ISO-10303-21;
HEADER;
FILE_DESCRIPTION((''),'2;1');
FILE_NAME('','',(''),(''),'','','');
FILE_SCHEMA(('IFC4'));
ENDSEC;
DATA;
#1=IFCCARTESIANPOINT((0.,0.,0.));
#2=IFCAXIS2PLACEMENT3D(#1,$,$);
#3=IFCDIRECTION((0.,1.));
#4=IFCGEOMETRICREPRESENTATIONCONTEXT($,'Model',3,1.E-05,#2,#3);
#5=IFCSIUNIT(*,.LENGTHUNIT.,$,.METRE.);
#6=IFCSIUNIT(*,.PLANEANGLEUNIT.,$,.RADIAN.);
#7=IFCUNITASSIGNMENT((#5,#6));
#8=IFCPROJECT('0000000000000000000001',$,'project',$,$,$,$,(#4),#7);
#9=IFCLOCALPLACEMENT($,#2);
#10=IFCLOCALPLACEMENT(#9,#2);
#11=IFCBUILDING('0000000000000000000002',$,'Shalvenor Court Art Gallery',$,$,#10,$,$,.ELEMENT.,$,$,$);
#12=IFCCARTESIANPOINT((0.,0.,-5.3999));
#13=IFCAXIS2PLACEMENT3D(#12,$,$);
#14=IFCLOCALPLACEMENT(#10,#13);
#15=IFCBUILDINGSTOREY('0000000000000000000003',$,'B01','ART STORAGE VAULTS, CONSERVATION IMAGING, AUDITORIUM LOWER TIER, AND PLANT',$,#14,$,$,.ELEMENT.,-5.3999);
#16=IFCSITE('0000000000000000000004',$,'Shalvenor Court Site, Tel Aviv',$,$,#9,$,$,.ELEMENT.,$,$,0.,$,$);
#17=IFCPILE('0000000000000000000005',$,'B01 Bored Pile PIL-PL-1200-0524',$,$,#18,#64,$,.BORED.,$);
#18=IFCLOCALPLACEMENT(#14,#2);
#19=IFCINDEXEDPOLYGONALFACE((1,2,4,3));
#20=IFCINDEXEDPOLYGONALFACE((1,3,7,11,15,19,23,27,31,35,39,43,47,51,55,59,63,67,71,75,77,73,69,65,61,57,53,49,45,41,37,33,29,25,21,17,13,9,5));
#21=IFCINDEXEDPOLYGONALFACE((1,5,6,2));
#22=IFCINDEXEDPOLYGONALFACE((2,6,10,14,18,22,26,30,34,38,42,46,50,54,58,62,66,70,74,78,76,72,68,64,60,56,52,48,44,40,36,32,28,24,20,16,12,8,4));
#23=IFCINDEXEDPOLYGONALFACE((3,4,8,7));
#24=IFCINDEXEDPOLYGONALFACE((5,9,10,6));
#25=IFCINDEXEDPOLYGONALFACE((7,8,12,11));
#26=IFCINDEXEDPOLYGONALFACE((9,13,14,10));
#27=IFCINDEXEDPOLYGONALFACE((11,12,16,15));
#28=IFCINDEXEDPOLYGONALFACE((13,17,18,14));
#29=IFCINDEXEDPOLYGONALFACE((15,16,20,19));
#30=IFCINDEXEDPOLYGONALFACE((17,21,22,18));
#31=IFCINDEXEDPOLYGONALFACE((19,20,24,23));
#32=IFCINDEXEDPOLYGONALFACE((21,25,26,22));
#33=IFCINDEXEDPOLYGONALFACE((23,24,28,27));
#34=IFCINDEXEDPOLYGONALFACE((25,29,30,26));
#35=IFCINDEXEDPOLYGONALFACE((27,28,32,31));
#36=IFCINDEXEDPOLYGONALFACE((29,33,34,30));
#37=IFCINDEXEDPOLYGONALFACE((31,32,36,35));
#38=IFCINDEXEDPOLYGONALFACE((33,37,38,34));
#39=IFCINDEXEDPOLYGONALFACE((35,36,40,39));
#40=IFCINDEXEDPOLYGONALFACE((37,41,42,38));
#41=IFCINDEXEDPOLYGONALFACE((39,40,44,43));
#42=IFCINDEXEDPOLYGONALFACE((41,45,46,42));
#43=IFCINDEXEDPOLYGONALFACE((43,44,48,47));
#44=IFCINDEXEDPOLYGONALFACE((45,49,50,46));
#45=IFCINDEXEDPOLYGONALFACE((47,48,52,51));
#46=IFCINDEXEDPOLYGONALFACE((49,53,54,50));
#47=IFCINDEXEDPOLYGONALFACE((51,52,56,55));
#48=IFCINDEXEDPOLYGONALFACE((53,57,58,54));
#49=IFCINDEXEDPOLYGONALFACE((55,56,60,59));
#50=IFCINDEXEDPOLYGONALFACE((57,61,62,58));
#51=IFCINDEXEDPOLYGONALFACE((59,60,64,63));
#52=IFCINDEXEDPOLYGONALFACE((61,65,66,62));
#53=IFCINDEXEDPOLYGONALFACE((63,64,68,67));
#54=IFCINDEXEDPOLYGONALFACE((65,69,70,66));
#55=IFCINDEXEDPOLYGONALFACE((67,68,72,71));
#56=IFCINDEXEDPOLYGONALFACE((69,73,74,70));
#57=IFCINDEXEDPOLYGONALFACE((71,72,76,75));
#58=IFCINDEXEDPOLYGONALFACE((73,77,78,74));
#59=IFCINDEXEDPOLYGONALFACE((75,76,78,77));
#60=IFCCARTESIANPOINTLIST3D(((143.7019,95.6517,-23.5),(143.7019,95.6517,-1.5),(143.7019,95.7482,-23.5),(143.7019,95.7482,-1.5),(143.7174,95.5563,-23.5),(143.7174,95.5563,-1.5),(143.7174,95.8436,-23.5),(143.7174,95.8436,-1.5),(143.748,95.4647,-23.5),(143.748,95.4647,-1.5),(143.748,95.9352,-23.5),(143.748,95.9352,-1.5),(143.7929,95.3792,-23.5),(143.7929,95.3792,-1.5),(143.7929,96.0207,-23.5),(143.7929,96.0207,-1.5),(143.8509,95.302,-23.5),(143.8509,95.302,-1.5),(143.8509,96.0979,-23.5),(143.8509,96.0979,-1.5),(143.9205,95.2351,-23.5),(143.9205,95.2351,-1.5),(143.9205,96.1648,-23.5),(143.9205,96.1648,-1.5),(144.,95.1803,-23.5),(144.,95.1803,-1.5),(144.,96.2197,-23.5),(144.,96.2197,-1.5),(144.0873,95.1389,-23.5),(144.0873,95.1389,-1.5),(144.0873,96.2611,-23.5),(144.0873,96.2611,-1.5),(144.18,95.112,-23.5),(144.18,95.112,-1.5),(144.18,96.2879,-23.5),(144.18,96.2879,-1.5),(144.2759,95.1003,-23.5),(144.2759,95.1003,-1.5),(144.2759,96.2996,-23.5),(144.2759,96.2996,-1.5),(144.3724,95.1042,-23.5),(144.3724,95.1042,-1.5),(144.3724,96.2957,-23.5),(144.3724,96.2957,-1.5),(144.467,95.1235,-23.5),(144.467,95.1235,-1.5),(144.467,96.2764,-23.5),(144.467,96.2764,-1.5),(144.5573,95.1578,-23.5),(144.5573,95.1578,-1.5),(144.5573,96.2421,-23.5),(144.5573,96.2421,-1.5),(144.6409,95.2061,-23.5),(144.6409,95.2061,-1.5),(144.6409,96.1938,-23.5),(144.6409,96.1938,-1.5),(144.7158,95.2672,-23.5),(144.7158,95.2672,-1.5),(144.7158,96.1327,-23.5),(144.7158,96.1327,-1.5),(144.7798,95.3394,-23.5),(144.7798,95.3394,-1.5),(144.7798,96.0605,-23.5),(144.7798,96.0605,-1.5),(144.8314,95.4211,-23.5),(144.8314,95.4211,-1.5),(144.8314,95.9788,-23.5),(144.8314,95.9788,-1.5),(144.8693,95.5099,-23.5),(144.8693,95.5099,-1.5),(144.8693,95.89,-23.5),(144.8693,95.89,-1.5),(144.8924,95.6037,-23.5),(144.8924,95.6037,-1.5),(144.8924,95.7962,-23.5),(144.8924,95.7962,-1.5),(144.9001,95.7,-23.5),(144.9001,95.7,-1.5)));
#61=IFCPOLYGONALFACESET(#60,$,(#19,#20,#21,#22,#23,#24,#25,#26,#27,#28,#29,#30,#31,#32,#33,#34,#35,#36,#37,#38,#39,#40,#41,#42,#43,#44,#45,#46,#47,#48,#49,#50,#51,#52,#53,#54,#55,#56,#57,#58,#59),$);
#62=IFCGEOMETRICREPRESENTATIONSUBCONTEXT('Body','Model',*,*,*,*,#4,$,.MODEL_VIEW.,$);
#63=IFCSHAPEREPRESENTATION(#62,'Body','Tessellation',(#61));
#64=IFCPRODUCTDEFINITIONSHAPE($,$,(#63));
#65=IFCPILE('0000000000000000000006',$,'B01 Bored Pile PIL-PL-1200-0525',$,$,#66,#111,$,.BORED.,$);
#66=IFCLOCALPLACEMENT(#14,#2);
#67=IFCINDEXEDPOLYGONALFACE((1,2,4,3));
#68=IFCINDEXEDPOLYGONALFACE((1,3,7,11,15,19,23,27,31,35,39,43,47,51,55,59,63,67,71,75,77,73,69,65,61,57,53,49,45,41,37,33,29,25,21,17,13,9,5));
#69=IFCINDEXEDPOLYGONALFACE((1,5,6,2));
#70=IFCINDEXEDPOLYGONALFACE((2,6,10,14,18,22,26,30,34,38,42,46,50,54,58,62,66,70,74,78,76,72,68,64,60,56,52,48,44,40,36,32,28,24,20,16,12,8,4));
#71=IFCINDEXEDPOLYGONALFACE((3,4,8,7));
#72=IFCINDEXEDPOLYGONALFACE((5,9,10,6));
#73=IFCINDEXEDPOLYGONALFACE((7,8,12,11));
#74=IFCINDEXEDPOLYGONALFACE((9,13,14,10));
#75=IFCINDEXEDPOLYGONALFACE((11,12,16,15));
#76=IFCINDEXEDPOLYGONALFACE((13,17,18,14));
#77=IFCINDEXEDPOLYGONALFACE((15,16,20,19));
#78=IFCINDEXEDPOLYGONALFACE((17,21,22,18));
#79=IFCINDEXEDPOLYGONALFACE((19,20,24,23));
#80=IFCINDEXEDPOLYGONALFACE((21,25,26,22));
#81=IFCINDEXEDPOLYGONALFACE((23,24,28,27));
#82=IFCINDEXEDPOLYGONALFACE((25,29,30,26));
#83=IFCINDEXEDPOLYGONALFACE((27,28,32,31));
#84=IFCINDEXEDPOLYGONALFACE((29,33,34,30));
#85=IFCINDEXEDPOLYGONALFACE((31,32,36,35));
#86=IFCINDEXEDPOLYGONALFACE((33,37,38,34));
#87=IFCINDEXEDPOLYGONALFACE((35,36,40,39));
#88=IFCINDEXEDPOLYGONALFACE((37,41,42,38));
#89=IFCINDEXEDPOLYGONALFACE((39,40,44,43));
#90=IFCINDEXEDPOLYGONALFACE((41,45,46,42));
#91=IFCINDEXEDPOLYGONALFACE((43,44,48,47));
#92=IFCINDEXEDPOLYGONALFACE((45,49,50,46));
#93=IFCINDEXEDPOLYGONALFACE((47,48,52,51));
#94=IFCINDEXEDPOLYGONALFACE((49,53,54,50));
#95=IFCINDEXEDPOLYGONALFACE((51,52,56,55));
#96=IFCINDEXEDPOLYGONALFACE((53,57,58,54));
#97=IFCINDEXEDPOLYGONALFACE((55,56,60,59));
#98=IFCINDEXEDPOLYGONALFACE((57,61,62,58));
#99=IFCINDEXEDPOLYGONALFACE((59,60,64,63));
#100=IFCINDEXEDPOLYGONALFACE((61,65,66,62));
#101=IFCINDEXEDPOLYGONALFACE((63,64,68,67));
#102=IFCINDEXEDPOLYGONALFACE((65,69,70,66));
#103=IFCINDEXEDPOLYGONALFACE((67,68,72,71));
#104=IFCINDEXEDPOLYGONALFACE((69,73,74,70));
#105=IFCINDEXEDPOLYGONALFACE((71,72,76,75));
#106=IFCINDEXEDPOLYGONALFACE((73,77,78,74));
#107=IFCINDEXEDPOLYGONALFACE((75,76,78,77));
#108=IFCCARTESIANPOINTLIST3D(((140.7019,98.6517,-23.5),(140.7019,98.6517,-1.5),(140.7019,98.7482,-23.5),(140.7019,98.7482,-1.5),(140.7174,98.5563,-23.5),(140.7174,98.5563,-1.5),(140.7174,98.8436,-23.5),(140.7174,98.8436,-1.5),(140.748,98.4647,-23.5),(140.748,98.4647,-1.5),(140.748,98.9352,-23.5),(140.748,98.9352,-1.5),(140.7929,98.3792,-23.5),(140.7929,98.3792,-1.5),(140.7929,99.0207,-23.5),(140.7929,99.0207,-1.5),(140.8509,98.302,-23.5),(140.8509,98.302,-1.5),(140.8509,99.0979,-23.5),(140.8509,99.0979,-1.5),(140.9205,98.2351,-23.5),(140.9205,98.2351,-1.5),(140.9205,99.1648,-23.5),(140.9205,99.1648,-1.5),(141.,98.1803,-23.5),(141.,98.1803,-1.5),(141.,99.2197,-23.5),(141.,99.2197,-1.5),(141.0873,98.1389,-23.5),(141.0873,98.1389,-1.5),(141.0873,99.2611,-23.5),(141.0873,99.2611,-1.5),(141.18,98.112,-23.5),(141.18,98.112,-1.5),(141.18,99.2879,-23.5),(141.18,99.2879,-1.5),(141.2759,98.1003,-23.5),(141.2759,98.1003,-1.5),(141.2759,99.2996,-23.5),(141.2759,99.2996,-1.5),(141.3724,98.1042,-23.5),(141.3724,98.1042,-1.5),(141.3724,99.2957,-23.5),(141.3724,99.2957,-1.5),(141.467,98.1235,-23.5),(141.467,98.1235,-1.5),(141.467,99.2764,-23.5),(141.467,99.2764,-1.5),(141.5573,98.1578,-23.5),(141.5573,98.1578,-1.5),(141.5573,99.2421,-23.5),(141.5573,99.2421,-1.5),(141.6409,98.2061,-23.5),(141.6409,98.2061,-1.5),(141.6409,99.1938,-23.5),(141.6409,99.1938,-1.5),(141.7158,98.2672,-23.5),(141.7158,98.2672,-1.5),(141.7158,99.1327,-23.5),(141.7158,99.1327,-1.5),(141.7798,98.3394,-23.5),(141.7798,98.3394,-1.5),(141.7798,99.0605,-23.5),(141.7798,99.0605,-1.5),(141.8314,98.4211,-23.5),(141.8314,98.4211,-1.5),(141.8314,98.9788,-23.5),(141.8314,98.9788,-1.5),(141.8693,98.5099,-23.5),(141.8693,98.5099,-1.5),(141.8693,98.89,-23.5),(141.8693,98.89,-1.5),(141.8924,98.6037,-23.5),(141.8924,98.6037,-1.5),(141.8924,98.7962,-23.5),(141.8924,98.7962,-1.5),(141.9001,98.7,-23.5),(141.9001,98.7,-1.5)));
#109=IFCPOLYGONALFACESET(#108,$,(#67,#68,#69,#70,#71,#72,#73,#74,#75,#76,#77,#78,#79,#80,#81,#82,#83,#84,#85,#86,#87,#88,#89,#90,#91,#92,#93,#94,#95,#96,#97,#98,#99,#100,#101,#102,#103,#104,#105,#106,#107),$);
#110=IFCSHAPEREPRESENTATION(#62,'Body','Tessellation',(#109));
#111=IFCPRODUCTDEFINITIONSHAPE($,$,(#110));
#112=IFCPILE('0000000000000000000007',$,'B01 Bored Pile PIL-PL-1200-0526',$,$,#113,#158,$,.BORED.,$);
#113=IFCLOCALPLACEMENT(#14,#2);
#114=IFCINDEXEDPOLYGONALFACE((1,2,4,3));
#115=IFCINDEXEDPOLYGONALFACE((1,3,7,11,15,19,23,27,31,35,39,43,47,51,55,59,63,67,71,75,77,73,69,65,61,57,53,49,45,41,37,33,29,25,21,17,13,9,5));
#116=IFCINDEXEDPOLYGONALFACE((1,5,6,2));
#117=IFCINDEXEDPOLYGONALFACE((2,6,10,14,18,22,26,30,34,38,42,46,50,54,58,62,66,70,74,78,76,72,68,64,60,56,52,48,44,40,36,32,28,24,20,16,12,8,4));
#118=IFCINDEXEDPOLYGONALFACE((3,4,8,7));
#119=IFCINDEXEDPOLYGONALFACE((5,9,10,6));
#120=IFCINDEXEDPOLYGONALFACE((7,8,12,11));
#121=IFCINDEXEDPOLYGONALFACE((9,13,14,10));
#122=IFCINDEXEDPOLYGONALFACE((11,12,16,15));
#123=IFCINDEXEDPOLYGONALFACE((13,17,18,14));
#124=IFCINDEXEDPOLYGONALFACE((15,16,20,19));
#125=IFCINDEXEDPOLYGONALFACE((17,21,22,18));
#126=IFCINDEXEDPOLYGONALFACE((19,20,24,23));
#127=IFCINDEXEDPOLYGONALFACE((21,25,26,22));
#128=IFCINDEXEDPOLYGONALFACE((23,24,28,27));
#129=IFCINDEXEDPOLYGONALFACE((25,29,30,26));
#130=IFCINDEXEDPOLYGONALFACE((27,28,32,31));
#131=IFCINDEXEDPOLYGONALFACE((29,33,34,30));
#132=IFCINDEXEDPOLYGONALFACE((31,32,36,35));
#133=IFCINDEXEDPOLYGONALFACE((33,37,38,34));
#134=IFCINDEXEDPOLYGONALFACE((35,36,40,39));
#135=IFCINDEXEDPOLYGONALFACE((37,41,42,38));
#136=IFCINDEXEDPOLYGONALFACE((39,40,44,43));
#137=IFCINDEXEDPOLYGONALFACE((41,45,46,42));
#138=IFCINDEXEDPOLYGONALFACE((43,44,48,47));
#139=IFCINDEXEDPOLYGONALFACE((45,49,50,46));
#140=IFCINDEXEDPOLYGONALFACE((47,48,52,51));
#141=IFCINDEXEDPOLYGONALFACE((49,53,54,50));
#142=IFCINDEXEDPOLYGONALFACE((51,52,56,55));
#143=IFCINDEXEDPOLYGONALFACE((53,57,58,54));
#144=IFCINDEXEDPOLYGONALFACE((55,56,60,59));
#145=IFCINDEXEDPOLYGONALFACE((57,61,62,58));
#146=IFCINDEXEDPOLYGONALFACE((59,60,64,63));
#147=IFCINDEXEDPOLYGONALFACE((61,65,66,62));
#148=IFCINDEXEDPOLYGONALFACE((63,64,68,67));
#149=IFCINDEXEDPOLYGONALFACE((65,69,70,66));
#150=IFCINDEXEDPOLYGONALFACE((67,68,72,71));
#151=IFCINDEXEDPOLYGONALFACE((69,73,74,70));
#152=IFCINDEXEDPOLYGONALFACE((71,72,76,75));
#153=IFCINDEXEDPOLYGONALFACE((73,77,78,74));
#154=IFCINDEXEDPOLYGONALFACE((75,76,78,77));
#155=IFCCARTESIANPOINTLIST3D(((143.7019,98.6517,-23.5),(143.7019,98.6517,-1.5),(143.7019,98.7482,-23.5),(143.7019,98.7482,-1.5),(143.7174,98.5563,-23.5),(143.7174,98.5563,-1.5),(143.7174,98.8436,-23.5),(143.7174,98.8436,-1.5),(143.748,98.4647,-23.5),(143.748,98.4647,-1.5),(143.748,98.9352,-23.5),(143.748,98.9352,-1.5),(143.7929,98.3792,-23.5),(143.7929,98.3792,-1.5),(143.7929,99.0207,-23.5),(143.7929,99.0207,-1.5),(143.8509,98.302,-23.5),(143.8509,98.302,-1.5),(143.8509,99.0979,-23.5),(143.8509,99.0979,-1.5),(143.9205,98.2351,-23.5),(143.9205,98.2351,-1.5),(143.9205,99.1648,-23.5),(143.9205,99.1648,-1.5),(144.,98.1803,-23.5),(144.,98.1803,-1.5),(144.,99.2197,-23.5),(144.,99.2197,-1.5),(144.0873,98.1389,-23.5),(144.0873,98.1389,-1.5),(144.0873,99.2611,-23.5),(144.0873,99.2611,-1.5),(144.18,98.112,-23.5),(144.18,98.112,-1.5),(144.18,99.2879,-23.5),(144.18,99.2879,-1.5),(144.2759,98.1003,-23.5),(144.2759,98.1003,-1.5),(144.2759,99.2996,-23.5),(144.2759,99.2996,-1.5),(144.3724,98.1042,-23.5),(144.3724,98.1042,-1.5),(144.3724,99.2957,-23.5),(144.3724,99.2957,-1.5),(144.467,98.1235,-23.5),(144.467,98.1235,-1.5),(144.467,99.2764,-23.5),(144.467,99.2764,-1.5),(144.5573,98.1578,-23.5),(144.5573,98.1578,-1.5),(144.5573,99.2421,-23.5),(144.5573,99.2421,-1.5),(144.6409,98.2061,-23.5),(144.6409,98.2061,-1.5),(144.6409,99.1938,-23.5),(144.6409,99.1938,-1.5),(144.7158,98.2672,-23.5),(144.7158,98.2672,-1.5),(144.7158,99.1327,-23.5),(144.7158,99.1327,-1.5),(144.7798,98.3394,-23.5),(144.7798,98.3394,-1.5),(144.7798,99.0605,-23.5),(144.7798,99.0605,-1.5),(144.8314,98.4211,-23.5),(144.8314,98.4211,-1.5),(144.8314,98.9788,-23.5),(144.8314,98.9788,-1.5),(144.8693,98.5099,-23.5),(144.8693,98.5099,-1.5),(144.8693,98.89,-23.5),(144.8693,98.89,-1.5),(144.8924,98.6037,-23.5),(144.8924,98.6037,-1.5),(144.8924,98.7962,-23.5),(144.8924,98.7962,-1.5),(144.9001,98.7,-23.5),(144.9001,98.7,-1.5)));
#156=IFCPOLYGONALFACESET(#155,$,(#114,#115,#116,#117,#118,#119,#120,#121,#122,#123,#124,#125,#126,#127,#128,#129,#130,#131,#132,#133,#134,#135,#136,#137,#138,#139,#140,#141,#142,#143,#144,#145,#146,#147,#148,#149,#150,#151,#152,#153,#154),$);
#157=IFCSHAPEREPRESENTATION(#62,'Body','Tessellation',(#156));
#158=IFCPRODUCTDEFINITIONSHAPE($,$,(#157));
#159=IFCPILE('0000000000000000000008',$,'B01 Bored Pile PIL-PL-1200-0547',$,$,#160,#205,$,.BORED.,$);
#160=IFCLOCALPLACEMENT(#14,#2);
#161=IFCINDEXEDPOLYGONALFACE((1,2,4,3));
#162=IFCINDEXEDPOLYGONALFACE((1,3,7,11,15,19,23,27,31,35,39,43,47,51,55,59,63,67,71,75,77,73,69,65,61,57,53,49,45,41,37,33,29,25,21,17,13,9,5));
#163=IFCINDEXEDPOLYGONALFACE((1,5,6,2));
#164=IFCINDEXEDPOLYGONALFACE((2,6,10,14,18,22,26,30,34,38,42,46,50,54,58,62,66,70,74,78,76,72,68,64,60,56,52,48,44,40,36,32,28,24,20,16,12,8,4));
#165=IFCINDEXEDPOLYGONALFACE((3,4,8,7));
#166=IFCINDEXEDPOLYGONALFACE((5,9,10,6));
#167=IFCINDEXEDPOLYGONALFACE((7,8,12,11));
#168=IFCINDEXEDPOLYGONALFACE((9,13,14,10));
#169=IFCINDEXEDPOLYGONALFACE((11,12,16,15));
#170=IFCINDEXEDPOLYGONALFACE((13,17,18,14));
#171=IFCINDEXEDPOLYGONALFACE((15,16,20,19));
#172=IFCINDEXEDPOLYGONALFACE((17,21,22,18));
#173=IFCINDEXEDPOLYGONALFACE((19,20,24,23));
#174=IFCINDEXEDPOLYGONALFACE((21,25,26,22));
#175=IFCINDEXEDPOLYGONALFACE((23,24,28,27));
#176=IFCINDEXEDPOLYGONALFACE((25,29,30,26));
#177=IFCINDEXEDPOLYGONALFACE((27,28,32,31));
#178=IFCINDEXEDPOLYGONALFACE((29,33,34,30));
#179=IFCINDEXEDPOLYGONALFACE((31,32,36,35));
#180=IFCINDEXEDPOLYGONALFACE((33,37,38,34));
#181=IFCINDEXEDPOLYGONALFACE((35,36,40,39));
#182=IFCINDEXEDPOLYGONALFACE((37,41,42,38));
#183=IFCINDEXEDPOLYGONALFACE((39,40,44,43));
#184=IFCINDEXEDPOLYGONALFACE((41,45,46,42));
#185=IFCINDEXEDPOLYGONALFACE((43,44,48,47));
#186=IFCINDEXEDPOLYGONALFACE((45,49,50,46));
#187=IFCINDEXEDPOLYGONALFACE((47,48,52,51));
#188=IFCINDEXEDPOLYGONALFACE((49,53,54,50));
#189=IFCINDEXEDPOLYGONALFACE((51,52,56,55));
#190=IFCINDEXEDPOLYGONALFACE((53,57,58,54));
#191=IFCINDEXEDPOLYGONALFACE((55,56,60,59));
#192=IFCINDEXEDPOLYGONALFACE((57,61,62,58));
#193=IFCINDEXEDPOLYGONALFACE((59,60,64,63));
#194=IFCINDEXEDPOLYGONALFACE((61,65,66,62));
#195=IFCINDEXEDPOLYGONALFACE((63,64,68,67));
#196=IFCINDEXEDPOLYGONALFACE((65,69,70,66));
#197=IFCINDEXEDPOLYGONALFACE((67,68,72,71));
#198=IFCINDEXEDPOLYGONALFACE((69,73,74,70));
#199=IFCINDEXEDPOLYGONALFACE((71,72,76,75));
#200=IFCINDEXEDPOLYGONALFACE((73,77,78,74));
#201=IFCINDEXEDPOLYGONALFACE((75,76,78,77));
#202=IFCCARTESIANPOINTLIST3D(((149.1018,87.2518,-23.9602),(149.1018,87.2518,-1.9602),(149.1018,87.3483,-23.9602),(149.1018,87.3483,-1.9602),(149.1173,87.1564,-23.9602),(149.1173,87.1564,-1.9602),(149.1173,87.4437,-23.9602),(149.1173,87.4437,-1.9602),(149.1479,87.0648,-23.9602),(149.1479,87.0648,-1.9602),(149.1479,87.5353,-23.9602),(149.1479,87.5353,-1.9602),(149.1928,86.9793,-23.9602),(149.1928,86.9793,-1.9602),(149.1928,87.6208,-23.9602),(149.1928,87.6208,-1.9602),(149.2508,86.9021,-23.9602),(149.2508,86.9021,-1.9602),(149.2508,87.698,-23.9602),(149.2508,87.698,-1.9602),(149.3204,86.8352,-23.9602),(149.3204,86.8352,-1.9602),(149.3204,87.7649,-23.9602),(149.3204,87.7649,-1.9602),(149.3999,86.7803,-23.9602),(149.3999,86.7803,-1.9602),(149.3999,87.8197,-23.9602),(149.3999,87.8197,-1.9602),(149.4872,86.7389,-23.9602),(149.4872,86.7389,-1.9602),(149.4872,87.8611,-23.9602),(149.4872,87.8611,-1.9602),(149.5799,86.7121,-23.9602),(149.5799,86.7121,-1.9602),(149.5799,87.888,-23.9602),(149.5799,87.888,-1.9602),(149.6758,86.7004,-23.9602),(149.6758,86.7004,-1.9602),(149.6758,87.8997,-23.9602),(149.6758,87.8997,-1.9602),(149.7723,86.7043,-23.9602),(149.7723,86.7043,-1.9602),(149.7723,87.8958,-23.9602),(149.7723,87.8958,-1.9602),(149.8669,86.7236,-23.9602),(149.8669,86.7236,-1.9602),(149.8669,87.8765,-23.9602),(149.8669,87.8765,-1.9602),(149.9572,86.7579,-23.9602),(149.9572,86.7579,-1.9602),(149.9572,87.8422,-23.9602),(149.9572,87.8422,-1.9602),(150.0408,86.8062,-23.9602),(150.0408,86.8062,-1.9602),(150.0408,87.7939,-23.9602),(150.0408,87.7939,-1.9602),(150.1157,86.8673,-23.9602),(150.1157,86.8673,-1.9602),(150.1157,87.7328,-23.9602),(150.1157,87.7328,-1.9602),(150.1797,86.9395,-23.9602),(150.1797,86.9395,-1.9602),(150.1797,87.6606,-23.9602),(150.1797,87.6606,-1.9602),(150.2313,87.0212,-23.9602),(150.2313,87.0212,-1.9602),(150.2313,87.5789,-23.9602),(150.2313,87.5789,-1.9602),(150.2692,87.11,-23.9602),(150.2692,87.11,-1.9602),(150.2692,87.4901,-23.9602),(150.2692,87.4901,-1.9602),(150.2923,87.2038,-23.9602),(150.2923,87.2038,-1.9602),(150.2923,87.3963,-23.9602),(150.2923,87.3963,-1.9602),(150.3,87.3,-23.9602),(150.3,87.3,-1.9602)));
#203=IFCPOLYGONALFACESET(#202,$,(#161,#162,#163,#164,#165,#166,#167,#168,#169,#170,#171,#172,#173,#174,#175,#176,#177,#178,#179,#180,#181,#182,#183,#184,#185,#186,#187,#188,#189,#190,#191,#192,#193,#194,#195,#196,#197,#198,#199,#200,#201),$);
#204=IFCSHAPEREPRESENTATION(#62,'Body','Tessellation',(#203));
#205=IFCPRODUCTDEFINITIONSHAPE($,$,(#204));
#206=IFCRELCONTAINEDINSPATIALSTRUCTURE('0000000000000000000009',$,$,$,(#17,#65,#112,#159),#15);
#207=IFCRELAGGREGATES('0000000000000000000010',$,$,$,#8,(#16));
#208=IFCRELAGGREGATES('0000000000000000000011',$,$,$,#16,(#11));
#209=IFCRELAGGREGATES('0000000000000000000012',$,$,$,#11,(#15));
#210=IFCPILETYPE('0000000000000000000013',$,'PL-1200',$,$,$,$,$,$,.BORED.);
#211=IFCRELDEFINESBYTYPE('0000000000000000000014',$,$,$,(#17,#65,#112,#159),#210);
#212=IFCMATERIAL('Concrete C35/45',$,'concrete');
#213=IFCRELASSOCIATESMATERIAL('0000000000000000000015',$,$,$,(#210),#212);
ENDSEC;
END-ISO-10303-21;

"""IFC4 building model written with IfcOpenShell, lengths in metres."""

from ifc_helpers import new_model, si_unit, direction, frame, origin, origin_2d, place, context, subcontext, project, spatial, circle, extrude, material, material_profile, profile_set, type_object, element, save


model = new_model("IFC4")

# Units and contexts
model_context = context("Model", 3, precision=1e-05, world=origin(), true_north=direction((0.0, 1.0)))
body_context = subcontext(model_context, "Body", "Model", "MODEL_VIEW")
ifc_project = project(units=[si_unit("LENGTHUNIT", "METRE"), si_unit("PLANEANGLEUNIT", "RADIAN")], contexts=[model_context])

# Site, building, storey
site_placement = place(None, origin())
site = spatial("IfcSite", under=ifc_project, at=site_placement, Name="Shalvenor Court Site, Tel Aviv", CompositionType="ELEMENT", RefElevation=0.0)
building_placement = place(site_placement, origin())
building = spatial("IfcBuilding", under=site, at=building_placement, Name="Shalvenor Court Art Gallery", CompositionType="ELEMENT")
storey_placement = place(building_placement, frame((0.0, 0.0, -5.3999)))
storey = spatial("IfcBuildingStorey", under=building, at=storey_placement, Name="B01", Description="ART STORAGE VAULTS, CONSERVATION IMAGING, AUDITORIUM LOWER TIER, AND PLANT", CompositionType="ELEMENT", Elevation=-5.3999)

# Piles
ifc_material_1 = material(Name="Concrete C35/45", Category="concrete")
ifc_material_profile_1 = material_profile(ifc_material_1, circle(Radius=0.6001, at=origin_2d()), Name="PILE 1200")
ifc_profile_set_1 = profile_set([ifc_material_profile_1], Name="Concrete C35/45")
pile_type = type_object("IfcPileType", Name="PL-1200", PredefinedType="BORED", material=ifc_profile_set_1)
for number, where, z_axis, x_axis, name in (
    (1, (144.3, 95.7, -1.5), (0.0, 0.0, -1.0), (1.0, 0.0, 0.0), "B01 Bored Pile PIL-PL-1200-0524"),
    (2, (141.3, 98.7, -1.5), (0.0, 0.0, -1.0), (1.0, 0.0, 0.0), "B01 Bored Pile PIL-PL-1200-0525"),
    (3, (144.3, 98.7, -1.5), (0.0, 0.0, -1.0), (1.0, 0.0, 0.0), "B01 Bored Pile PIL-PL-1200-0526"),
    (4, (149.7, 87.3, -1.9602), (0.0, 0.0, -1.0), (1.0, 0.0, 0.0), "B01 Bored Pile PIL-PL-1200-0547"),
):
    element("IfcPile", number, at=place(storey_placement, frame(where, z_axis=z_axis, x_axis=x_axis)), inside=storey, type_object=pile_type, Name=name, PredefinedType="BORED", context=body_context, shape_type="SweptSolid", body=[
        extrude(circle(Radius=0.6001, at=origin_2d()), origin(), (0.0, 0.0, 1.0), 22.0),
    ])

save(model, "model.ifc")
